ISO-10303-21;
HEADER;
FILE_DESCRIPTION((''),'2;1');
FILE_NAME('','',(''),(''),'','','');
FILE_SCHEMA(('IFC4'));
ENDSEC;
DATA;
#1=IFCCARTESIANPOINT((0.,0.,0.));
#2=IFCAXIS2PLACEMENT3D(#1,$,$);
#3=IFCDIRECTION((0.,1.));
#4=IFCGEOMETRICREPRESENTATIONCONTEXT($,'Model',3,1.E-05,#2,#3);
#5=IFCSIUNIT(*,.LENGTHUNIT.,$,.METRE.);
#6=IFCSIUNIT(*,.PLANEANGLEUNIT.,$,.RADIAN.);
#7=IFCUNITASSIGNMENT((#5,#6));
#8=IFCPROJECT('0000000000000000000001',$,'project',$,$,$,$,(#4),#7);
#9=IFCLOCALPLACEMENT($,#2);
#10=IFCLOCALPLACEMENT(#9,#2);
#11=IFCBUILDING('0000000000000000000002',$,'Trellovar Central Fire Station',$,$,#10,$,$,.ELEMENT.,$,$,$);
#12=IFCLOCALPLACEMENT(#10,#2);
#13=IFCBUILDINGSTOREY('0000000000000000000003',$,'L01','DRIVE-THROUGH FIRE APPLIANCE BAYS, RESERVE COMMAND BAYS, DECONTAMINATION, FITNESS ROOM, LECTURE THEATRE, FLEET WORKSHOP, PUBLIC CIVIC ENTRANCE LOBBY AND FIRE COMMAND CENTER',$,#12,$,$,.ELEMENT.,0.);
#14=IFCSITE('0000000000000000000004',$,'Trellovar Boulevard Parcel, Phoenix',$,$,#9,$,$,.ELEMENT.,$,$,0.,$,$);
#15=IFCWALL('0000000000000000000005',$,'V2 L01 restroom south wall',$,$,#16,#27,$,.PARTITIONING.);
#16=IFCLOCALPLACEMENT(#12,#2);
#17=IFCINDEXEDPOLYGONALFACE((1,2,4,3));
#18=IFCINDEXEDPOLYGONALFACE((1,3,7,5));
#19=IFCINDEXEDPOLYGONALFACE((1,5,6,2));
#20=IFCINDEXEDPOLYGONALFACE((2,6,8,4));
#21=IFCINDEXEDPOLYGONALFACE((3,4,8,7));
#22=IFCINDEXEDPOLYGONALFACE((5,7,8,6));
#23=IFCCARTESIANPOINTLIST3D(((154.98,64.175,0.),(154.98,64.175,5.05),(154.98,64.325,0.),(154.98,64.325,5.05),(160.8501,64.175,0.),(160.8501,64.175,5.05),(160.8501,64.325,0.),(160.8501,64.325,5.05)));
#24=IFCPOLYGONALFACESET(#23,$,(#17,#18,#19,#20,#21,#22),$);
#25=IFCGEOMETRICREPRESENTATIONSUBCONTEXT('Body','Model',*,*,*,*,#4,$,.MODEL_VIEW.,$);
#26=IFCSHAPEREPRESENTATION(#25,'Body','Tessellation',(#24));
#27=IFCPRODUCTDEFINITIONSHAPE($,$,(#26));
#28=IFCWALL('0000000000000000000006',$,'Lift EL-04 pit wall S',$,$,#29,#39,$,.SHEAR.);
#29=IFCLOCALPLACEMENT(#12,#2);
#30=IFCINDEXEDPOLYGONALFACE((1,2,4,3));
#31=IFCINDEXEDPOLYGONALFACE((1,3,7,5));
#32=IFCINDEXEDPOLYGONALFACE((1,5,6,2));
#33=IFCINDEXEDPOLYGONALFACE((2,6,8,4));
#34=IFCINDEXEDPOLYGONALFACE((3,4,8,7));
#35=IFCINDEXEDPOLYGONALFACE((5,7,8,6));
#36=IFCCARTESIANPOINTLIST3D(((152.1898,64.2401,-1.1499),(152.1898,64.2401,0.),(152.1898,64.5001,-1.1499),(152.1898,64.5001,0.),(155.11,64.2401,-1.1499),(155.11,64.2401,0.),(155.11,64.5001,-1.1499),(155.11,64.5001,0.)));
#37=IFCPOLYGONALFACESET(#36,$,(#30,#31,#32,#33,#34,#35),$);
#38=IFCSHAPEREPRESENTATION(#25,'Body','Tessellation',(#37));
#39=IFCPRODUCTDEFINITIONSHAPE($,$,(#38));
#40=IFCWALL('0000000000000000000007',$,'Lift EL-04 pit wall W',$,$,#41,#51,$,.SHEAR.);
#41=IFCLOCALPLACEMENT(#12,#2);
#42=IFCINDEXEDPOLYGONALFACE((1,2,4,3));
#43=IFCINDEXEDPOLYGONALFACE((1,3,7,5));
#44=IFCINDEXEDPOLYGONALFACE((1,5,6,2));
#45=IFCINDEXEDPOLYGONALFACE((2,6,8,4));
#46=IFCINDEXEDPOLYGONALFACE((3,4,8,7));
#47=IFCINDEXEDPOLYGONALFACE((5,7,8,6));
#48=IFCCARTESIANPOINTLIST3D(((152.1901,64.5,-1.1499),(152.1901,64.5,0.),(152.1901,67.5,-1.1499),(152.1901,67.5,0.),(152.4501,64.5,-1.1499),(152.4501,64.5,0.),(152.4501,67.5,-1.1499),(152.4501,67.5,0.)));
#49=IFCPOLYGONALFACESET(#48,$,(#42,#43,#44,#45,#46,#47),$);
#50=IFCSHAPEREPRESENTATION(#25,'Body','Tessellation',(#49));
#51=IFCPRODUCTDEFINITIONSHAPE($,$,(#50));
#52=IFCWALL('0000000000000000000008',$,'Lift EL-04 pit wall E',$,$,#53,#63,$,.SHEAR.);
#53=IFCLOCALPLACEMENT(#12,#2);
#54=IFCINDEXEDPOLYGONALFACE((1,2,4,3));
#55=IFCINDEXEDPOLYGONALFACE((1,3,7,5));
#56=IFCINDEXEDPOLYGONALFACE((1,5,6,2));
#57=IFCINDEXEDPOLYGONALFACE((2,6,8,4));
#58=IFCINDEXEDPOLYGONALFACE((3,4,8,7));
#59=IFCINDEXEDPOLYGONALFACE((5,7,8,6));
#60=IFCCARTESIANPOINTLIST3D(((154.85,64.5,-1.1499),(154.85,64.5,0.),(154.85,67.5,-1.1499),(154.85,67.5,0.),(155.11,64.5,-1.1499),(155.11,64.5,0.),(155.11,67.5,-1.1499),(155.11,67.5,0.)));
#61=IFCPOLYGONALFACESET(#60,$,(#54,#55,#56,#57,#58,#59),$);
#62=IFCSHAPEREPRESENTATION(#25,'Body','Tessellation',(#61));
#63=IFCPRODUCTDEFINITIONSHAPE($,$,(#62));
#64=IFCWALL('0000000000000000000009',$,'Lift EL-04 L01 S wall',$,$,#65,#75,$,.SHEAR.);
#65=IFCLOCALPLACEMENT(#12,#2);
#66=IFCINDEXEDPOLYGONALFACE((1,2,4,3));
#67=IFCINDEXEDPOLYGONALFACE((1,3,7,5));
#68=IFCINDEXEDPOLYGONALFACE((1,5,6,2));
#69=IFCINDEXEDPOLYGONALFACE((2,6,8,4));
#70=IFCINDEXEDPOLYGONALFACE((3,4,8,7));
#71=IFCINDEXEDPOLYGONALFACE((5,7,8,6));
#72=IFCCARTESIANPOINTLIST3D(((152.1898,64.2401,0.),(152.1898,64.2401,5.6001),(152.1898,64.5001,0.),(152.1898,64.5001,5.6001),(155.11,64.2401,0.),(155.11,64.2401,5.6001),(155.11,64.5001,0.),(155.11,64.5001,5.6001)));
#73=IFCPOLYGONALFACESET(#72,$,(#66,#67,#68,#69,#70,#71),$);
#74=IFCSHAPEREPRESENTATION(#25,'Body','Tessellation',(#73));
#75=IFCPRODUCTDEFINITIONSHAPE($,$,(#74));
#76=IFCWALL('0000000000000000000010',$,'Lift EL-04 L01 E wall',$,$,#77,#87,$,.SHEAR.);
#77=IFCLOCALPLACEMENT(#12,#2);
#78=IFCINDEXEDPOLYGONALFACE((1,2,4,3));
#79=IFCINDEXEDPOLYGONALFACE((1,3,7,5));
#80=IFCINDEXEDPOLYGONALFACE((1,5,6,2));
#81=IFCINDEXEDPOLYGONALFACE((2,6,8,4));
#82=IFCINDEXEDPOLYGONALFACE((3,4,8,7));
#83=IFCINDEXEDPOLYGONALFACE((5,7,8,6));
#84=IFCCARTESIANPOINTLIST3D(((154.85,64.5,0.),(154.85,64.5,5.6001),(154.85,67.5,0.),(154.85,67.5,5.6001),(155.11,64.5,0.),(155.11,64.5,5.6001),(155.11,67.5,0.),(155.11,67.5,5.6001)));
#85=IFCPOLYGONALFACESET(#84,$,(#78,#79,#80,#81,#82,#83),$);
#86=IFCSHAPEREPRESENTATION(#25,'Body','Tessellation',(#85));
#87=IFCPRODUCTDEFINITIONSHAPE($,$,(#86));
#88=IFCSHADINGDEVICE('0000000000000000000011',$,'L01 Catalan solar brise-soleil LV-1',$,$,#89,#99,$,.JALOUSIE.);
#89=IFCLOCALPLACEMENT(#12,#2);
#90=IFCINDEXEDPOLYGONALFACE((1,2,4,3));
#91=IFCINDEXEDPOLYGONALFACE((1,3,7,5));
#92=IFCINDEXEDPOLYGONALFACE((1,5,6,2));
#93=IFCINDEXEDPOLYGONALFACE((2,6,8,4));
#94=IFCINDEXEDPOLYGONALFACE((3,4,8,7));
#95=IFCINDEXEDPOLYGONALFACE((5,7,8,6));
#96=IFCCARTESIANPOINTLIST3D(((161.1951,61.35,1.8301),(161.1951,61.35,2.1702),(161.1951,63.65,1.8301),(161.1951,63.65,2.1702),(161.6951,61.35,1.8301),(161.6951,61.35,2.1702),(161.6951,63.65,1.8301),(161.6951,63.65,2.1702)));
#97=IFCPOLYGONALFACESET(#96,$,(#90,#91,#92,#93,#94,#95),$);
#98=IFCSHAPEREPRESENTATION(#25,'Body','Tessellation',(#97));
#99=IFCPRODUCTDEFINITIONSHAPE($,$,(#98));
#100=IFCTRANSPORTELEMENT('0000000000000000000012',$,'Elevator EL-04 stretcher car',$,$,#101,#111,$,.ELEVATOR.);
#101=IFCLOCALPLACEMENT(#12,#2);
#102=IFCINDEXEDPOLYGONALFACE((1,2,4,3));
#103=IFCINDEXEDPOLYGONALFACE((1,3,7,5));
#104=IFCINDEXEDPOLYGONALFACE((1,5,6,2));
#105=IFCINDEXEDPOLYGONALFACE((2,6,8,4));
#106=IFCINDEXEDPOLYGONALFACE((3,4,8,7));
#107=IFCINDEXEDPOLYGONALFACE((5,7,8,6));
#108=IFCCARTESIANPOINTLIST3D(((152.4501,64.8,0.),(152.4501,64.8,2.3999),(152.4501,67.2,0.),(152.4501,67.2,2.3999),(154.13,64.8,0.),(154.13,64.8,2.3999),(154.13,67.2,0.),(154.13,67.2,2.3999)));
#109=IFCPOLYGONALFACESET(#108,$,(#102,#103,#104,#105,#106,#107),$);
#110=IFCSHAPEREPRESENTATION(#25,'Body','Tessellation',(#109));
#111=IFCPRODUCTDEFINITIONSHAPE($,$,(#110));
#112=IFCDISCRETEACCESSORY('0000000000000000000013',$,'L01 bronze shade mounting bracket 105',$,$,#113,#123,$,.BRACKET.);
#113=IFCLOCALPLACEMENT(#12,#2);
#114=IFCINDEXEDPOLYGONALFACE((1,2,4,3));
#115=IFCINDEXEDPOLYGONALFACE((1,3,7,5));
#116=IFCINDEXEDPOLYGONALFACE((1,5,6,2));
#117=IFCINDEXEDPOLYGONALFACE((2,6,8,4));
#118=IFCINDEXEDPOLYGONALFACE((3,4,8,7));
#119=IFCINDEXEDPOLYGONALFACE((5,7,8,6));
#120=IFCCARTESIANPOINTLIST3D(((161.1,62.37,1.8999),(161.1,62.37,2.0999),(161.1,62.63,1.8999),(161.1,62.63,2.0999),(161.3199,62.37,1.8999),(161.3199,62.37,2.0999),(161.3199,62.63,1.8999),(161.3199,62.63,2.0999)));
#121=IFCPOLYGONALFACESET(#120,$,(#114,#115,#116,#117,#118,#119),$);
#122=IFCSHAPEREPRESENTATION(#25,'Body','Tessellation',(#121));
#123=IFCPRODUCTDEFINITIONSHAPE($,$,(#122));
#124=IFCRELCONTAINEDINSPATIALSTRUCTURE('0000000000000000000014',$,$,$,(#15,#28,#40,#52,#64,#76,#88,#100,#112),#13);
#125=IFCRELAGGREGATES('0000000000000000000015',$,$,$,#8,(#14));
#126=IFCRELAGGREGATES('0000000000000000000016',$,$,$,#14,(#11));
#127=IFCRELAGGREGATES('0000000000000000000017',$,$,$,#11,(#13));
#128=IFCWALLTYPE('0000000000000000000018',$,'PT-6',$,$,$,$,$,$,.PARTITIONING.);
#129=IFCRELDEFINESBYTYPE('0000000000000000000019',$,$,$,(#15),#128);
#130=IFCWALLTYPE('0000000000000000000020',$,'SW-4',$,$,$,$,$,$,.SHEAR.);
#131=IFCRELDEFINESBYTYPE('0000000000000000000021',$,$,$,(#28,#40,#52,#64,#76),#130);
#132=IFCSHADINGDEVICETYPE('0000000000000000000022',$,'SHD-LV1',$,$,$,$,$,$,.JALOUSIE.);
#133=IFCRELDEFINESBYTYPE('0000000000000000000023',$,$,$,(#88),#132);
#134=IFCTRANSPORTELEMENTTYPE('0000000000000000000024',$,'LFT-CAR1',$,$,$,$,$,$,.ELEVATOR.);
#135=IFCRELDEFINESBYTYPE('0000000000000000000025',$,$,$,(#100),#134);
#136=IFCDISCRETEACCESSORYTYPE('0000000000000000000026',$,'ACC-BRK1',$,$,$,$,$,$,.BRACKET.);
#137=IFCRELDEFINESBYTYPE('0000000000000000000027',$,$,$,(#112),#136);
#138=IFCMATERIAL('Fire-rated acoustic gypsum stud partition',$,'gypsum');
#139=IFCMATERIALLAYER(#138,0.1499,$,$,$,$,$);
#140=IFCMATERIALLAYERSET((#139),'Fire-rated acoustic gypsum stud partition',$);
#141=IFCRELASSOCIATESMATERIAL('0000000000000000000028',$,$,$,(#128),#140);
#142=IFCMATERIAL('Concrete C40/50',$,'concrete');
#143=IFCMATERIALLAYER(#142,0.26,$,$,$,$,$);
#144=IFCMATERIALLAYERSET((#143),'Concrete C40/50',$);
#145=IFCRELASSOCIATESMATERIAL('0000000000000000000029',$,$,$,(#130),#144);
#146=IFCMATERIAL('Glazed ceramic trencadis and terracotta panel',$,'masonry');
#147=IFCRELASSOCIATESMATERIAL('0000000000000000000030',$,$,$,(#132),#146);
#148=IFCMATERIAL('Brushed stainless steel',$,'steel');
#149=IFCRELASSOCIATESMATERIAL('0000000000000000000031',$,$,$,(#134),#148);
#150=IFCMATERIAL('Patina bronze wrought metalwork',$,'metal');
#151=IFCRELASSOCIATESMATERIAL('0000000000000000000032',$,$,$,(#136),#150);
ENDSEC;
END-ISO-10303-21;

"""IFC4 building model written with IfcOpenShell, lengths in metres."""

from ifc_helpers import new_model, si_unit, direction, frame, frame_2d, origin, origin_2d, place, context, subcontext, project, spatial, rectangle, extrude, material, layer, layer_set, type_object, element, save


model = new_model("IFC4")

# Units and contexts
model_context = context("Model", 3, precision=1e-05, world=origin(), true_north=direction((0.0, 1.0)))
body_context = subcontext(model_context, "Body", "Model", "MODEL_VIEW")
ifc_project = project(units=[si_unit("LENGTHUNIT", "METRE"), si_unit("PLANEANGLEUNIT", "RADIAN")], contexts=[model_context])

# Site, building, storey
site_placement = place(None, origin())
site = spatial("IfcSite", under=ifc_project, at=site_placement, Name="Trellovar Boulevard Parcel, Phoenix", CompositionType="ELEMENT", RefElevation=0.0)
building_placement = place(site_placement, origin())
building = spatial("IfcBuilding", under=site, at=building_placement, Name="Trellovar Central Fire Station", CompositionType="ELEMENT")
storey_placement = place(building_placement, origin())
storey = spatial("IfcBuildingStorey", under=building, at=storey_placement, Name="L01", Description="DRIVE-THROUGH FIRE APPLIANCE BAYS, RESERVE COMMAND BAYS, DECONTAMINATION, FITNESS ROOM, LECTURE THEATRE, FLEET WORKSHOP, PUBLIC CIVIC ENTRANCE LOBBY AND FIRE COMMAND CENTER", CompositionType="ELEMENT", Elevation=0.0)

# Walls
ifc_material_1 = material(Name="Fire-rated acoustic gypsum stud partition", Category="gypsum")
ifc_layer_1 = layer(ifc_material_1, 0.1499)
ifc_layer_set_1 = layer_set([ifc_layer_1], Name="Fire-rated acoustic gypsum stud partition")
wall_type_1 = type_object("IfcWallType", Name="PT-6", PredefinedType="PARTITIONING", material=ifc_layer_set_1)
wall_1_placement = place(storey_placement, frame((154.98, 64.25, 0.0), z_axis=(0.0, 0.0, 1.0), x_axis=(1.0, 0.0, 0.0)))
element("IfcWall", 1, at=wall_1_placement, inside=storey, type_object=wall_type_1, Name="V2 L01 restroom south wall", PredefinedType="PARTITIONING", context=body_context, shape_type="SweptSolid", body=[
    extrude(rectangle(XDim=5.8701, YDim=0.1499, at=frame_2d((2.9351, 0.0))), origin(), (0.0, 0.0, 1.0), 5.05),
])
ifc_material_2 = material(Name="Concrete C40/50", Category="concrete")
ifc_layer_2 = layer(ifc_material_2, 0.26)
ifc_layer_set_2 = layer_set([ifc_layer_2], Name="Concrete C40/50")
wall_type_2 = type_object("IfcWallType", Name="SW-4", PredefinedType="SHEAR", material=ifc_layer_set_2)
wall_2_placement = place(storey_placement, frame((152.1899, 64.3701, -1.1499), z_axis=(0.0, 0.0, 1.0), x_axis=(1.0, 0.0, 0.0)))
element("IfcWall", 2, at=wall_2_placement, inside=storey, type_object=wall_type_2, Name="Lift EL-04 pit wall S", PredefinedType="SHEAR", context=body_context, shape_type="SweptSolid", body=[
    extrude(rectangle(XDim=2.9202, YDim=0.26, at=frame_2d((1.46, 0.0))), origin(), (0.0, 0.0, 1.0), 1.1499),
])
for number, where, z_axis, x_axis, name in (
    (3, (152.3201, 67.5, -1.1499), (0.0, 0.0, 1.0), (0.0, -1.0, 0.0), "Lift EL-04 pit wall W"),
    (4, (154.98, 64.5, -1.1499), (0.0, 0.0, 1.0), (0.0, 1.0, 0.0), "Lift EL-04 pit wall E"),
):
    element("IfcWall", number, at=place(storey_placement, frame(where, z_axis=z_axis, x_axis=x_axis)), inside=storey, type_object=wall_type_2, Name=name, PredefinedType="SHEAR", context=body_context, shape_type="SweptSolid", body=[
        extrude(rectangle(XDim=3.0, YDim=0.26, at=frame_2d((1.5, 0.0))), origin(), (0.0, 0.0, 1.0), 1.1499),
    ])
wall_3_placement = place(storey_placement, frame((152.1899, 64.3701, 0.0), z_axis=(0.0, 0.0, 1.0), x_axis=(1.0, 0.0, 0.0)))
element("IfcWall", 5, at=wall_3_placement, inside=storey, type_object=wall_type_2, Name="Lift EL-04 L01 S wall", PredefinedType="SHEAR", context=body_context, shape_type="SweptSolid", body=[
    extrude(rectangle(XDim=2.9202, YDim=0.26, at=frame_2d((1.46, 0.0))), origin(), (0.0, 0.0, 1.0), 5.6001),
])

# Wall
wall_4_placement = place(storey_placement, frame((154.98, 64.5, 0.0), z_axis=(0.0, 0.0, 1.0), x_axis=(0.0, 1.0, 0.0)))
element("IfcWall", 6, at=wall_4_placement, inside=storey, type_object=wall_type_2, Name="Lift EL-04 L01 E wall", PredefinedType="SHEAR", context=body_context, shape_type="SweptSolid", body=[
    extrude(rectangle(XDim=3.0, YDim=0.26, at=frame_2d((1.5, 0.0))), origin(), (0.0, 0.0, 1.0), 5.6001),
])

# Shading device
ifc_material_3 = material(Name="Glazed ceramic trencadis and terracotta panel", Category="masonry")
shading_device_type = type_object("IfcShadingDeviceType", Name="SHD-LV1", PredefinedType="JALOUSIE", material=ifc_material_3)
shading_device_placement = place(storey_placement, frame((161.4451, 62.5, 1.8301), z_axis=(0.0, 0.0, 1.0), x_axis=(0.0, 1.0, 0.0)))
element("IfcShadingDevice", 7, at=shading_device_placement, inside=storey, type_object=shading_device_type, Name="L01 Catalan solar brise-soleil LV-1", PredefinedType="JALOUSIE", context=body_context, shape_type="SweptSolid", body=[
    extrude(rectangle(XDim=2.3, YDim=0.5, at=origin_2d()), origin(), (0.0, 0.0, 1.0), 0.3401),
])

# Transport element
ifc_material_4 = material(Name="Brushed stainless steel", Category="steel")
transport_element_type = type_object("IfcTransportElementType", Name="LFT-CAR1", PredefinedType="ELEVATOR", material=ifc_material_4)
transport_element_placement = place(storey_placement, frame((153.29, 66.0, 0.0), z_axis=(0.0, 0.0, 1.0), x_axis=(1.0, 0.0, 0.0)))
element("IfcTransportElement", 8, at=transport_element_placement, inside=storey, type_object=transport_element_type, Name="Elevator EL-04 stretcher car", PredefinedType="ELEVATOR", context=body_context, shape_type="SweptSolid", body=[
    extrude(rectangle(XDim=1.6799, YDim=2.3999, at=origin_2d()), origin(), (0.0, 0.0, 1.0), 2.3999),
])

# Discrete accessory
ifc_material_5 = material(Name="Patina bronze wrought metalwork", Category="metal")
discrete_accessory_type = type_object("IfcDiscreteAccessoryType", Name="ACC-BRK1", PredefinedType="BRACKET", material=ifc_material_5)
discrete_accessory_placement = place(storey_placement, frame((161.21, 62.5, 1.8999), z_axis=(0.0, 0.0, 1.0), x_axis=(0.0, 1.0, 0.0)))
element("IfcDiscreteAccessory", 9, at=discrete_accessory_placement, inside=storey, type_object=discrete_accessory_type, Name="L01 bronze shade mounting bracket 105", PredefinedType="BRACKET", context=body_context, shape_type="SweptSolid", body=[
    extrude(rectangle(XDim=0.26, YDim=0.22, at=origin_2d()), origin(), (0.0, 0.0, 1.0), 0.2),
])

save(model, "model.ifc")
